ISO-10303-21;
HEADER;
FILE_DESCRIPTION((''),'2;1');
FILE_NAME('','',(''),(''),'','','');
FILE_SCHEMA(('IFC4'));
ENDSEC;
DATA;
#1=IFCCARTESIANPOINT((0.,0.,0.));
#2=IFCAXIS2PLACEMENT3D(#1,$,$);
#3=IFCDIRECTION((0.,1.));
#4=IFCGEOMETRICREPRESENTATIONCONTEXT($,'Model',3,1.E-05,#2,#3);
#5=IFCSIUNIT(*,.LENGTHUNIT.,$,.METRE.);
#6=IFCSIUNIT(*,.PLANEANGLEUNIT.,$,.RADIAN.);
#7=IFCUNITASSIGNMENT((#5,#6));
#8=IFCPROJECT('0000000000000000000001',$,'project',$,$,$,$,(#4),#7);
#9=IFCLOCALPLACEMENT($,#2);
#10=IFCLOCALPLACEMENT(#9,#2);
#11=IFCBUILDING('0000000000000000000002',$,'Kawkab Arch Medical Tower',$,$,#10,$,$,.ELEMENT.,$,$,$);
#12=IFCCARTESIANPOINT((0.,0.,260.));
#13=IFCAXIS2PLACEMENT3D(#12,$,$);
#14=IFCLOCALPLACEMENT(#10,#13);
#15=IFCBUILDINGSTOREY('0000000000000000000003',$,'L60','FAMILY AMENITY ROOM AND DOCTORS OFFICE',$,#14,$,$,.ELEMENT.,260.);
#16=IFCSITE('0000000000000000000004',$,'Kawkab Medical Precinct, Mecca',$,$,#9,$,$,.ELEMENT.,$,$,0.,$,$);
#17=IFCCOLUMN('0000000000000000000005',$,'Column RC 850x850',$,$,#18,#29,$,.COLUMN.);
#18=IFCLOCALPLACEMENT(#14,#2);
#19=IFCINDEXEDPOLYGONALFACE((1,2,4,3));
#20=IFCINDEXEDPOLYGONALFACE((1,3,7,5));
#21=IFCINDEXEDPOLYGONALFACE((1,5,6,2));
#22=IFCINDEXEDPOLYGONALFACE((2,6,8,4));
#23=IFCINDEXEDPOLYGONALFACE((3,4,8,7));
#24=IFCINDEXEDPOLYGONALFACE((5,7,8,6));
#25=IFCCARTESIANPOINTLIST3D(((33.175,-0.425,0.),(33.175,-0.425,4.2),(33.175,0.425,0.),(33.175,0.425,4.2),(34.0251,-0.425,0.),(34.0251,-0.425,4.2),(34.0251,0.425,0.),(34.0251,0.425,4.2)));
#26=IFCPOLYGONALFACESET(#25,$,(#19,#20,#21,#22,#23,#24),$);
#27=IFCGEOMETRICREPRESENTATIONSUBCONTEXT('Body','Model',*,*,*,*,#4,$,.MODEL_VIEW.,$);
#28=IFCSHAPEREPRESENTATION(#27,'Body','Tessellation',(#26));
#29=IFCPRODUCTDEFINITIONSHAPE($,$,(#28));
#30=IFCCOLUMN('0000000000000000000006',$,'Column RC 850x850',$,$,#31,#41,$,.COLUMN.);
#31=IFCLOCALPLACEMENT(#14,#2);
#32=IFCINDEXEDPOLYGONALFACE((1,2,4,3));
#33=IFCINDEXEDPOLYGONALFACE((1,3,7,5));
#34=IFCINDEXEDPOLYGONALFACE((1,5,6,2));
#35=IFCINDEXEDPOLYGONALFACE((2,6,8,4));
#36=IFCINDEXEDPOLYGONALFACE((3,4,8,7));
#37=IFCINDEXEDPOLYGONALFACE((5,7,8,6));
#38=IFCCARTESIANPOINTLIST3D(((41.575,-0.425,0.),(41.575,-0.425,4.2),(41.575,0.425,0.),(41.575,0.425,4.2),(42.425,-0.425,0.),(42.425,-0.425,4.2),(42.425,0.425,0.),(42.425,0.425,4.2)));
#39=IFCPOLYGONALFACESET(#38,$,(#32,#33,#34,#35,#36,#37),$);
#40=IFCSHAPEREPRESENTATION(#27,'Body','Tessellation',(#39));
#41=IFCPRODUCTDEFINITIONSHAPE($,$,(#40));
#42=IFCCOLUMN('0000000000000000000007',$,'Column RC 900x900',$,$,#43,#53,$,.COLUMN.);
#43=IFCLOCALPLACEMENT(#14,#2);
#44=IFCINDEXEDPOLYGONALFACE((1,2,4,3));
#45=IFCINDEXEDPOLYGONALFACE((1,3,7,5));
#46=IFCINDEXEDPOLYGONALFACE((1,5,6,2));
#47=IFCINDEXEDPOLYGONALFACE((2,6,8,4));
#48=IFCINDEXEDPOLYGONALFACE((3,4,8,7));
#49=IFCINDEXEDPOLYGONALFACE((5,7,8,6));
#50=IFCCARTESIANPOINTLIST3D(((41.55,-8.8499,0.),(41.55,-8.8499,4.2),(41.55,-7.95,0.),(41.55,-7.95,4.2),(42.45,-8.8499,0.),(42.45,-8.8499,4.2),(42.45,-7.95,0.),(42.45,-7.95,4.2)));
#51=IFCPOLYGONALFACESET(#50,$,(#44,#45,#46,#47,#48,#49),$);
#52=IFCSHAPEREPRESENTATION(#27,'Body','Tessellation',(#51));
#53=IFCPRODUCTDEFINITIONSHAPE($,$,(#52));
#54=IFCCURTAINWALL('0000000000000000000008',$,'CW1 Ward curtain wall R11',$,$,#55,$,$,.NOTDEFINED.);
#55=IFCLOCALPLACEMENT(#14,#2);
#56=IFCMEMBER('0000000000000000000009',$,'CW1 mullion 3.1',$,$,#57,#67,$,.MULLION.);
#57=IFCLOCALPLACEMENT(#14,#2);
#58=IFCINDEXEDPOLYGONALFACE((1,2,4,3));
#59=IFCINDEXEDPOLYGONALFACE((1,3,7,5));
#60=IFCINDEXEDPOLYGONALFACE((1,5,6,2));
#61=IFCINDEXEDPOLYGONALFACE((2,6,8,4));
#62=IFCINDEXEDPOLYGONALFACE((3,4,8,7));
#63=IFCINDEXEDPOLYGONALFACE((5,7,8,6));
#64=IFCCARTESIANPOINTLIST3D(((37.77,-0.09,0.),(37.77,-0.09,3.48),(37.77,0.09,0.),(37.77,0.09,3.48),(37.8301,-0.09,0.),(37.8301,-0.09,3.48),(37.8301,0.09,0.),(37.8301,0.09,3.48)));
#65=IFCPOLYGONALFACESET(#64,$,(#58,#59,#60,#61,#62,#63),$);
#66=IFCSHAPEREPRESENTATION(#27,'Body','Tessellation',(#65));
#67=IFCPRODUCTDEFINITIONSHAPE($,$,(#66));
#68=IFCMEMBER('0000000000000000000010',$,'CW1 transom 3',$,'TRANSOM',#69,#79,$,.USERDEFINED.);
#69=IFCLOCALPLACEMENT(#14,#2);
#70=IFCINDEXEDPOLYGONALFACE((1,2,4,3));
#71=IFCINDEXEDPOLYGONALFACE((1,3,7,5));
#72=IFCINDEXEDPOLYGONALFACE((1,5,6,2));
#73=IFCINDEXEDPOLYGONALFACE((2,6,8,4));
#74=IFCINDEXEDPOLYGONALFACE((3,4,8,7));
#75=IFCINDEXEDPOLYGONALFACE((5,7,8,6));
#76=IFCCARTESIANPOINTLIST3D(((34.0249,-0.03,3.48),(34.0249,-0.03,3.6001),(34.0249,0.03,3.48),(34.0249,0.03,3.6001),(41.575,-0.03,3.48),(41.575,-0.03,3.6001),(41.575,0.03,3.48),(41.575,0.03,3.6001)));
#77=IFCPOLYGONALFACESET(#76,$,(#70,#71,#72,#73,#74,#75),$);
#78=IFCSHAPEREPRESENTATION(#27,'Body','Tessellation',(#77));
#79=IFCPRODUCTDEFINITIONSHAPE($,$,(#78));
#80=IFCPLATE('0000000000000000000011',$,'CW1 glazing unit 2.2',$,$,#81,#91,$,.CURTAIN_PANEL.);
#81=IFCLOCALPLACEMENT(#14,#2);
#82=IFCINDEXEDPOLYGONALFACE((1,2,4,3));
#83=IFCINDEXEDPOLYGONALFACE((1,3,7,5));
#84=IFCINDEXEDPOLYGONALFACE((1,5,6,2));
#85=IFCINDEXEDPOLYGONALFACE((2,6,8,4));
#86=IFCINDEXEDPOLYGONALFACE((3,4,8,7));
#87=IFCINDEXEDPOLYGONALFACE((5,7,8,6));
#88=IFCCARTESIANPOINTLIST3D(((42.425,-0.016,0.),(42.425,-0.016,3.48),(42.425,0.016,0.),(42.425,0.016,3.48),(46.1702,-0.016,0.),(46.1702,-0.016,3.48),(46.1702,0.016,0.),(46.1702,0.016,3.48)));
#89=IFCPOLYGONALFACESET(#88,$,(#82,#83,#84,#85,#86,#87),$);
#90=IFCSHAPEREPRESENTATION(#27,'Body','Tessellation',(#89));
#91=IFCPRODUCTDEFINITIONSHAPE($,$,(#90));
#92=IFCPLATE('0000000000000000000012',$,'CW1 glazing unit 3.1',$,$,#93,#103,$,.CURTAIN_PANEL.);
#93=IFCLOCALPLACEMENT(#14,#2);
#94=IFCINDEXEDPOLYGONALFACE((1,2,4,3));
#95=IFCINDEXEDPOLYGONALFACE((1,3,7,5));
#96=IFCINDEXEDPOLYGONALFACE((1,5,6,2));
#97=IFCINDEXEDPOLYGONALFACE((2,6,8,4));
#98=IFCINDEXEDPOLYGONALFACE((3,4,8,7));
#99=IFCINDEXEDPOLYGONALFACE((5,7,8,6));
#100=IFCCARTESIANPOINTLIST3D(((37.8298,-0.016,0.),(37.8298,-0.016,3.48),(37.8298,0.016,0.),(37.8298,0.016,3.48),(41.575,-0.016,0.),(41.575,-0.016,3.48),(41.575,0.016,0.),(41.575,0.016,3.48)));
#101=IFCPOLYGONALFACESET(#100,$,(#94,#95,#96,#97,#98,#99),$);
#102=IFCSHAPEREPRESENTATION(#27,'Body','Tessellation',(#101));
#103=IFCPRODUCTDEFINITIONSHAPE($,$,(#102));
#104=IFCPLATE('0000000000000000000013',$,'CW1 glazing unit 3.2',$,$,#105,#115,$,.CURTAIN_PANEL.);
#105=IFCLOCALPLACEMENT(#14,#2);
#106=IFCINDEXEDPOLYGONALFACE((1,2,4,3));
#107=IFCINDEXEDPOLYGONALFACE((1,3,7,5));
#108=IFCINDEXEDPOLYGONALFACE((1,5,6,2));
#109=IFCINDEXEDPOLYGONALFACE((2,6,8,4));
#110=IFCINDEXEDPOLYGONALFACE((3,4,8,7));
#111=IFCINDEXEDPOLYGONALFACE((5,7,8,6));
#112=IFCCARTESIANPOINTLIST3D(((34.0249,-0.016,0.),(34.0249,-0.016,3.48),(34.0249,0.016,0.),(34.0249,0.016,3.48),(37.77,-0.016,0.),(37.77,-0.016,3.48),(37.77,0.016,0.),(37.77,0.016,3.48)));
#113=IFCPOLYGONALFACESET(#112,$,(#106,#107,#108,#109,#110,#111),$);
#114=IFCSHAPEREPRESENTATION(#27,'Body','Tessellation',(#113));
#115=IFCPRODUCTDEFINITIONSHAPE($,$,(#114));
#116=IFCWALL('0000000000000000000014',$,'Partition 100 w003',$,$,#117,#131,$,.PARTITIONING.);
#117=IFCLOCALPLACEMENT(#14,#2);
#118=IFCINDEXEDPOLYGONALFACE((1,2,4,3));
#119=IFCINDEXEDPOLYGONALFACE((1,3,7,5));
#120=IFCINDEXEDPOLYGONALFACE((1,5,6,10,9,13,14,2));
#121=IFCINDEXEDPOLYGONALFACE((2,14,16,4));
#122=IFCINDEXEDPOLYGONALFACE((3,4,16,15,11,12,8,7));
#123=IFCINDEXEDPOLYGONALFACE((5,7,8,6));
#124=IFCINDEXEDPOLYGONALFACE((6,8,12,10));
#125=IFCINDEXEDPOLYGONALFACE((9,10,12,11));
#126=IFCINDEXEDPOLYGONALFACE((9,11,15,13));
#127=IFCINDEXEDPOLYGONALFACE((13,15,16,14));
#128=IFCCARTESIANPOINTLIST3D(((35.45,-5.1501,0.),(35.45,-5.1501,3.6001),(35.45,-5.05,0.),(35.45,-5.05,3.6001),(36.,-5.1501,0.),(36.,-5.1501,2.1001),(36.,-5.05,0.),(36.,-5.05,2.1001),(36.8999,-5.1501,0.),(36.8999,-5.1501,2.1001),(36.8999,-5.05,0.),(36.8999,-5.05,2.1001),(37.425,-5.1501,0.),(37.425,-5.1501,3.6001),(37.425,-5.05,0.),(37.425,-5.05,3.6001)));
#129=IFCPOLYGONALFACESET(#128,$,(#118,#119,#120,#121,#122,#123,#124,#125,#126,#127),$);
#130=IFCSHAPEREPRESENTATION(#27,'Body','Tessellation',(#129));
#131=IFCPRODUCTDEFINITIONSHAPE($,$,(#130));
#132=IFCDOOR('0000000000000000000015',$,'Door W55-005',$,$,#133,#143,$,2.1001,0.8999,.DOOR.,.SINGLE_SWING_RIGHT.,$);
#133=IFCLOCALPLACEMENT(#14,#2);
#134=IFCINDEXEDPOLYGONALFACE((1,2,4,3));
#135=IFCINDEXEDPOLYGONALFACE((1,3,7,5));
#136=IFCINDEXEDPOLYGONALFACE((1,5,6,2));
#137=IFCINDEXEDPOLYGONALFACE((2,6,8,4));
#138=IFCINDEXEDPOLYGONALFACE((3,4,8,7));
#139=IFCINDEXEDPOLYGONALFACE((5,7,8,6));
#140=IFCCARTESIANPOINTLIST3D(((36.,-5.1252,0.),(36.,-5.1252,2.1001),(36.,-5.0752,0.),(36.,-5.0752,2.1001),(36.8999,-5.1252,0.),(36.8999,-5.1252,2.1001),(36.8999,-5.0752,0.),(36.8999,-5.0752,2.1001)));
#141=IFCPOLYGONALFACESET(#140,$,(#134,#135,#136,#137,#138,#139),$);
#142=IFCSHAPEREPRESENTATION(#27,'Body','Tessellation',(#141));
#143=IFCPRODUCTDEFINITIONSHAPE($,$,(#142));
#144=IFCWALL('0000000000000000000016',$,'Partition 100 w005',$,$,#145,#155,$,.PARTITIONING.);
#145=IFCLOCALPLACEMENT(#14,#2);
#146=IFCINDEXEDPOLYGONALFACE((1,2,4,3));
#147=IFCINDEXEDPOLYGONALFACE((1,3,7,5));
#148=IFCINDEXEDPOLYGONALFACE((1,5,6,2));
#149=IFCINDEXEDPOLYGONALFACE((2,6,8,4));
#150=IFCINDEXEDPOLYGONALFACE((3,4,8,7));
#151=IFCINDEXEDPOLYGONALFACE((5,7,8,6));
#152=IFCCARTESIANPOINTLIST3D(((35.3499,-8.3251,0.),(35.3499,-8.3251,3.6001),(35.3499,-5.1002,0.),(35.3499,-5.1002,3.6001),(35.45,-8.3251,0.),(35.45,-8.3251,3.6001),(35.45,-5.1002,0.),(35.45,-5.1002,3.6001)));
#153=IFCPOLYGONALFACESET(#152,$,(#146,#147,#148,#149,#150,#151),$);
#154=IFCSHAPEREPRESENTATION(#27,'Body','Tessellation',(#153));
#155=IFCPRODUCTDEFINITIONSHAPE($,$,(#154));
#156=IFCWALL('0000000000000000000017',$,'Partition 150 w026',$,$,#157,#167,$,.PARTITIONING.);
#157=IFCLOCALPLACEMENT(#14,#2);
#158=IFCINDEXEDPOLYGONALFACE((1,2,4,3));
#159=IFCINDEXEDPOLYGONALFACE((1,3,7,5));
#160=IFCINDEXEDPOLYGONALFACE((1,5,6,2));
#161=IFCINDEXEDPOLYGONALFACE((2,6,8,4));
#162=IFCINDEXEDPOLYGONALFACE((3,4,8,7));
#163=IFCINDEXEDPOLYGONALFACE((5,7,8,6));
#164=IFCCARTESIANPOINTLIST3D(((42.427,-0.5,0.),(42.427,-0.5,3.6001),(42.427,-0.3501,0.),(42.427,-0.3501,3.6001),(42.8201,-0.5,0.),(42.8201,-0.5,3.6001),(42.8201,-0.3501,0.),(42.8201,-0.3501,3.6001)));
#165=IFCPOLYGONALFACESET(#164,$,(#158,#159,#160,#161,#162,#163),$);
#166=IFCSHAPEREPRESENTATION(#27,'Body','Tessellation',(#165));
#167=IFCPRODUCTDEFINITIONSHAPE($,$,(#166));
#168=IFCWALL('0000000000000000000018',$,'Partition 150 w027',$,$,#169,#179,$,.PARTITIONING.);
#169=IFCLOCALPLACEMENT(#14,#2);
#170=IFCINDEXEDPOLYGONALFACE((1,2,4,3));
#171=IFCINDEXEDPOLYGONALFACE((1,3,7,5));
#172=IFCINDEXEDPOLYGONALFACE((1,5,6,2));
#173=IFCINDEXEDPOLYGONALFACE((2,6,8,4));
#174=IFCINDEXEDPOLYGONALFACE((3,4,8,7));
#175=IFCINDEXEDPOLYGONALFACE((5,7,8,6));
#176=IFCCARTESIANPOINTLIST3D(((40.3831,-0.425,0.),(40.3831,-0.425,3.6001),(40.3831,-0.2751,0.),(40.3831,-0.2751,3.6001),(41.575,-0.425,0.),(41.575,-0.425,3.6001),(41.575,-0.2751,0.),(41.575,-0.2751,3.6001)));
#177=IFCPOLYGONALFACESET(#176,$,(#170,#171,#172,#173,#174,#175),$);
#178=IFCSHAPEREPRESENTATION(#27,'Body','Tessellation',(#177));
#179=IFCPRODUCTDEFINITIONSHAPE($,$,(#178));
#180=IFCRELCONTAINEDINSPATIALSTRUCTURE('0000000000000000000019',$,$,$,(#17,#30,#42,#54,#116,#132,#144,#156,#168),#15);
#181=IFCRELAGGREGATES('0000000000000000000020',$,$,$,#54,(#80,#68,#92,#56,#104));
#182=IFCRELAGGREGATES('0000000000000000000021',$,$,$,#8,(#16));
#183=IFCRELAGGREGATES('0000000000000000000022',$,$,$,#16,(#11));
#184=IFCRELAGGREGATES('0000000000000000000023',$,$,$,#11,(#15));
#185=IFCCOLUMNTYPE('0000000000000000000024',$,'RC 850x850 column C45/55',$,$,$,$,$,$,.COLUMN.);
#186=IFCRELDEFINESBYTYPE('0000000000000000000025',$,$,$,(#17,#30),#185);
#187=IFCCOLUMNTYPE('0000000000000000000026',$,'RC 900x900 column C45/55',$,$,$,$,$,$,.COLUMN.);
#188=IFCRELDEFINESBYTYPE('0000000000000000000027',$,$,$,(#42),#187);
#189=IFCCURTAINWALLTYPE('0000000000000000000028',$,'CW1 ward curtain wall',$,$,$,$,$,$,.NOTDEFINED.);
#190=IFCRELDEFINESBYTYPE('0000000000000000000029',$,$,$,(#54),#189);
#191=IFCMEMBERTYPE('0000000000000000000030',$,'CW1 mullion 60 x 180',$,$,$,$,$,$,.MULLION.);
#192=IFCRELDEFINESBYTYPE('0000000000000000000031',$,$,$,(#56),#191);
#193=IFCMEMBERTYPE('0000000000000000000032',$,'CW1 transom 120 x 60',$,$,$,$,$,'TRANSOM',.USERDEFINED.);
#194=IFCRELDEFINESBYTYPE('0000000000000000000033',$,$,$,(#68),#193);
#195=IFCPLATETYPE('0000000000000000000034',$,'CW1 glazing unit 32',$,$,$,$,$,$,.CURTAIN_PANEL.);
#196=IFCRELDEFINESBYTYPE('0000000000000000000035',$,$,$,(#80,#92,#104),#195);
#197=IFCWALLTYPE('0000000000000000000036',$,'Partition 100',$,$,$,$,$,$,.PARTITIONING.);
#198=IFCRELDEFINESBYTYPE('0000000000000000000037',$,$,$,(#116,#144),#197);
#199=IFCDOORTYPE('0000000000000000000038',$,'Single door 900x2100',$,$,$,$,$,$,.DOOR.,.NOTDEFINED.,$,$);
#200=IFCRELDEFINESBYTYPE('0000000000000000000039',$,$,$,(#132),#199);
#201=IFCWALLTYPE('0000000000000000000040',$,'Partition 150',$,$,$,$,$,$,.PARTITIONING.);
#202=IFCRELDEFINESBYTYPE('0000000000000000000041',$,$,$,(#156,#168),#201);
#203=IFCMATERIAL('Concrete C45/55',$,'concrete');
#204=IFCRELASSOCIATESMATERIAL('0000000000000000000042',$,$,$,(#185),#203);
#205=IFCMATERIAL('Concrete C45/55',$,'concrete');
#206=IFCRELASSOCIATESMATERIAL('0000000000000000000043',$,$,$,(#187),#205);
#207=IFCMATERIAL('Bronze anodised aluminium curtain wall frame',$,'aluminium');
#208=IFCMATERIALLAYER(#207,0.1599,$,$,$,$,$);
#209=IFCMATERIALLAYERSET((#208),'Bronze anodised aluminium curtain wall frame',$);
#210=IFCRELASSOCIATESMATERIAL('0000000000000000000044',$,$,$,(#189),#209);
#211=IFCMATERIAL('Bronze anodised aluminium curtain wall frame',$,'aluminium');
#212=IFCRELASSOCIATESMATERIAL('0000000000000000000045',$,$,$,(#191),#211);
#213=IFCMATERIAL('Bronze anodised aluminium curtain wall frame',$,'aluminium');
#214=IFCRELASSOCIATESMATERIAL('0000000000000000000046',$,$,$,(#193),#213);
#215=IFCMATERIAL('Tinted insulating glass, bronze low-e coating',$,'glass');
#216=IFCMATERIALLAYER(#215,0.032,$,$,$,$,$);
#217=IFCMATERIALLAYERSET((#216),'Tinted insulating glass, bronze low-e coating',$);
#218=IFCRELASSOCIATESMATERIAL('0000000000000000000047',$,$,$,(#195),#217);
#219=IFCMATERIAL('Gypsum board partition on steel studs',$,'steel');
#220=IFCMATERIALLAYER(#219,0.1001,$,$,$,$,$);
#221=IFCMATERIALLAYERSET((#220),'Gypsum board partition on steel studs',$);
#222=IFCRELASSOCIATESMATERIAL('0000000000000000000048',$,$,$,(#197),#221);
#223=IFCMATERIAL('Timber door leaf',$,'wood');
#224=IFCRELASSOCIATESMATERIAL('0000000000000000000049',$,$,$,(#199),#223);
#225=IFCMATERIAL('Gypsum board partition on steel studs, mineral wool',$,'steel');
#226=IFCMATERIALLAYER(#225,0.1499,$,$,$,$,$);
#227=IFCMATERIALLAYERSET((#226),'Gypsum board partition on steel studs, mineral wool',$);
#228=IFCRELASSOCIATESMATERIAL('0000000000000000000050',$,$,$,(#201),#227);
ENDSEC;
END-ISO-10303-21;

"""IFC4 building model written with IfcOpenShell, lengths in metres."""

from ifc_helpers import new_model, si_unit, direction, frame, frame_2d, origin, origin_2d, place, context, subcontext, project, spatial, rectangle, extrude, material, layer, layer_set, material_profile, profile_set, type_object, element, fill, aggregate, save


model = new_model("IFC4")

# Units and contexts
model_context = context("Model", 3, precision=1e-05, world=origin(), true_north=direction((0.0, 1.0)))
body_context = subcontext(model_context, "Body", "Model", "MODEL_VIEW")
ifc_project = project(units=[si_unit("LENGTHUNIT", "METRE"), si_unit("PLANEANGLEUNIT", "RADIAN")], contexts=[model_context])

# Site, building, storey
site_placement = place(None, origin())
site = spatial("IfcSite", under=ifc_project, at=site_placement, Name="Kawkab Medical Precinct, Mecca", CompositionType="ELEMENT", RefElevation=0.0)
building_placement = place(site_placement, origin())
building = spatial("IfcBuilding", under=site, at=building_placement, Name="Kawkab Arch Medical Tower", CompositionType="ELEMENT")
storey_placement = place(building_placement, frame((0.0, 0.0, 260.0)))
storey = spatial("IfcBuildingStorey", under=building, at=storey_placement, Name="L60", Description="FAMILY AMENITY ROOM AND DOCTORS OFFICE", CompositionType="ELEMENT", Elevation=260.0)

# Columns
ifc_material_1 = material(Name="Concrete C45/55", Category="concrete")
ifc_material_profile_1 = material_profile(ifc_material_1, rectangle(XDim=0.8501, YDim=0.8501, at=origin_2d()), Name="RC 850x850")
ifc_profile_set_1 = profile_set([ifc_material_profile_1], Name="Concrete C45/55")
column_type_1 = type_object("IfcColumnType", Name="RC 850x850 column C45/55", PredefinedType="COLUMN", material=ifc_profile_set_1)
for number, where, z_axis, x_axis, name in (
    (1, (33.6001, 0.0, 0.0), (0.0, 0.0, 1.0), (1.0, 0.0, 0.0), "Column RC 850x850"),
    (2, (42.0, 0.0, 0.0), (0.0, 0.0, 1.0), (1.0, 0.0, 0.0), "Column RC 850x850"),
):
    element("IfcColumn", number, at=place(storey_placement, frame(where, z_axis=z_axis, x_axis=x_axis)), inside=storey, type_object=column_type_1, Name=name, PredefinedType="COLUMN", context=body_context, shape_type="SweptSolid", body=[
        extrude(rectangle(XDim=0.8501, YDim=0.8501, at=origin_2d()), origin(), (0.0, 0.0, 1.0), 4.2),
    ])
ifc_material_2 = material(Name="Concrete C45/55", Category="concrete")
ifc_material_profile_2 = material_profile(ifc_material_2, rectangle(XDim=0.8999, YDim=0.8999, at=origin_2d()), Name="RC 900x900")
ifc_profile_set_2 = profile_set([ifc_material_profile_2], Name="Concrete C45/55")
column_type_2 = type_object("IfcColumnType", Name="RC 900x900 column C45/55", PredefinedType="COLUMN", material=ifc_profile_set_2)
column_placement = place(storey_placement, frame((42.0, -8.3999, 0.0), z_axis=(0.0, 0.0, 1.0), x_axis=(1.0, 0.0, 0.0)))
element("IfcColumn", 3, at=column_placement, inside=storey, type_object=column_type_2, Name="Column RC 900x900", PredefinedType="COLUMN", context=body_context, shape_type="SweptSolid", body=[
    extrude(rectangle(XDim=0.8999, YDim=0.8999, at=origin_2d()), origin(), (0.0, 0.0, 1.0), 4.2),
])

# Curtain wall, members, plates
ifc_material_3 = material(Name="Bronze anodised aluminium curtain wall frame", Category="aluminium")
ifc_layer_1 = layer(ifc_material_3, 0.1599)
ifc_layer_set_1 = layer_set([ifc_layer_1], Name="Bronze anodised aluminium curtain wall frame")
curtain_wall_type = type_object("IfcCurtainWallType", Name="CW1 ward curtain wall", PredefinedType="NOTDEFINED", material=ifc_layer_set_1)
placement = place(storey_placement, origin())
curtain_wall = element("IfcCurtainWall", 4, at=placement, inside=storey, type_object=curtain_wall_type, Name="CW1 Ward curtain wall R11", PredefinedType="NOTDEFINED")
ifc_material_4 = material(Name="Bronze anodised aluminium curtain wall frame", Category="aluminium")
ifc_material_profile_3 = material_profile(ifc_material_4, rectangle(XDim=0.1799, YDim=0.0601, at=origin_2d()), Name="AL 60x180")
ifc_profile_set_3 = profile_set([ifc_material_profile_3], Name="Bronze anodised aluminium curtain wall frame")
member_type_1 = type_object("IfcMemberType", Name="CW1 mullion 60 x 180", PredefinedType="MULLION", material=ifc_profile_set_3)
member_1_placement = place(storey_placement, frame((37.8, 0.0, 0.0), z_axis=(0.0, 0.0, 1.0), x_axis=(0.0, -1.0, 0.0)))
member_1 = element("IfcMember", 5, at=member_1_placement, type_object=member_type_1, Name="CW1 mullion 3.1", PredefinedType="MULLION", context=body_context, shape_type="SweptSolid", body=[
    extrude(rectangle(XDim=0.1799, YDim=0.0601, at=origin_2d()), origin(), (0.0, 0.0, 1.0), 3.48),
])
ifc_material_5 = material(Name="Bronze anodised aluminium curtain wall frame", Category="aluminium")
ifc_material_profile_4 = material_profile(ifc_material_5, rectangle(XDim=0.0601, YDim=0.1201, at=origin_2d()), Name="AL 60x120")
ifc_profile_set_4 = profile_set([ifc_material_profile_4], Name="Bronze anodised aluminium curtain wall frame")
member_type_2 = type_object("IfcMemberType", Name="CW1 transom 120 x 60", ElementType="TRANSOM", PredefinedType="USERDEFINED", material=ifc_profile_set_4)
member_2_placement = place(storey_placement, frame((41.575, 0.0, 3.54), z_axis=(-1.0, 0.0, 0.0), x_axis=(0.0, -1.0, 0.0)))
member_2 = element("IfcMember", 6, at=member_2_placement, type_object=member_type_2, Name="CW1 transom 3", ObjectType="TRANSOM", PredefinedType="USERDEFINED", context=body_context, shape_type="SweptSolid", body=[
    extrude(rectangle(XDim=0.0601, YDim=0.1201, at=origin_2d()), origin(), (0.0, 0.0, 1.0), 7.55),
])
ifc_material_6 = material(Name="Tinted insulating glass, bronze low-e coating", Category="glass")
ifc_layer_2 = layer(ifc_material_6, 0.032)
ifc_layer_set_2 = layer_set([ifc_layer_2], Name="Tinted insulating glass, bronze low-e coating")
plate_type = type_object("IfcPlateType", Name="CW1 glazing unit 32", PredefinedType="CURTAIN_PANEL", material=ifc_layer_set_2)
plate_1_placement = place(storey_placement, frame((44.2976, 0.0, 0.0), z_axis=(0.0, 0.0, 1.0), x_axis=(-1.0, 0.0, 0.0)))
plate_1 = element("IfcPlate", 7, at=plate_1_placement, type_object=plate_type, Name="CW1 glazing unit 2.2", PredefinedType="CURTAIN_PANEL", context=body_context, shape_type="SweptSolid", body=[
    extrude(rectangle(XDim=3.7451, YDim=0.032, at=origin_2d()), origin(), (0.0, 0.0, 1.0), 3.48),
])
plate_2_placement = place(storey_placement, frame((39.7024, 0.0, 0.0), z_axis=(0.0, 0.0, 1.0), x_axis=(-1.0, 0.0, 0.0)))
plate_2 = element("IfcPlate", 8, at=plate_2_placement, type_object=plate_type, Name="CW1 glazing unit 3.1", PredefinedType="CURTAIN_PANEL", context=body_context, shape_type="SweptSolid", body=[
    extrude(rectangle(XDim=3.7451, YDim=0.032, at=origin_2d()), origin(), (0.0, 0.0, 1.0), 3.48),
])
plate_3_placement = place(storey_placement, frame((35.8975, 0.0, 0.0), z_axis=(0.0, 0.0, 1.0), x_axis=(-1.0, 0.0, 0.0)))
plate_3 = element("IfcPlate", 9, at=plate_3_placement, type_object=plate_type, Name="CW1 glazing unit 3.2", PredefinedType="CURTAIN_PANEL", context=body_context, shape_type="SweptSolid", body=[
    extrude(rectangle(XDim=3.7451, YDim=0.032, at=origin_2d()), origin(), (0.0, 0.0, 1.0), 3.48),
])
aggregate(curtain_wall, [plate_1, member_2, plate_2, member_1, plate_3])

# Wall, opening, door
ifc_material_7 = material(Name="Gypsum board partition on steel studs", Category="steel")
ifc_layer_3 = layer(ifc_material_7, 0.1001)
ifc_layer_set_3 = layer_set([ifc_layer_3], Name="Gypsum board partition on steel studs")
wall_type_1 = type_object("IfcWallType", Name="Partition 100", PredefinedType="PARTITIONING", material=ifc_layer_set_3)
wall_1_placement = place(storey_placement, frame((35.45, -5.1001, 0.0), z_axis=(0.0, 0.0, 1.0), x_axis=(1.0, 0.0, 0.0)))
wall_1 = element("IfcWall", 10, at=wall_1_placement, inside=storey, type_object=wall_type_1, Name="Partition 100 w003", PredefinedType="PARTITIONING", context=body_context, shape_type="SweptSolid", body=[
    extrude(rectangle(XDim=1.9751, YDim=0.1001, at=frame_2d((0.9875, 0.0))), origin(), (0.0, 0.0, 1.0), 3.6001),
])
opening_1_placement = place(wall_1_placement, frame((0.55, 0.0, 0.0)))
opening_1 = element("IfcOpeningElement", 11, at=opening_1_placement, cuts=wall_1, PredefinedType="OPENING", context=body_context, shape_type="SweptSolid", body=[
    extrude(rectangle(XDim=0.8999, YDim=2.1001, at=frame_2d((0.45, 1.05))), frame((0.0, 0.0601, 0.0), z_axis=(0.0, -1.0, 0.0), x_axis=(1.0, 0.0, 0.0)), (0.0, 0.0, 1.0), 0.1201),
])
ifc_material_8 = material(Name="Timber door leaf", Category="wood")
door_type_1 = type_object("IfcDoorType", Name="Single door 900x2100", OperationType="NOTDEFINED", PredefinedType="DOOR", material=ifc_material_8)
door_1_placement = place(opening_1_placement, origin())
door_1 = element("IfcDoor", 12, at=door_1_placement, inside=storey, type_object=door_type_1, Name="Door W55-005", OperationType="SINGLE_SWING_RIGHT", OverallHeight=2.1001, OverallWidth=0.8999, PredefinedType="DOOR", context=body_context, shape_type="SweptSolid", body=[
    extrude(rectangle(XDim=0.8999, YDim=2.1001, at=frame_2d((0.45, 1.05))), frame((0.0, 0.0249, 0.0), z_axis=(0.0, -1.0, 0.0), x_axis=(1.0, 0.0, 0.0)), (0.0, 0.0, 1.0), 0.05),
])
fill(opening_1, door_1)

# Walls
wall_2_placement = place(storey_placement, frame((35.3999, -8.325, 0.0), z_axis=(0.0, 0.0, 1.0), x_axis=(0.0, 1.0, 0.0)))
element("IfcWall", 13, at=wall_2_placement, inside=storey, type_object=wall_type_1, Name="Partition 100 w005", PredefinedType="PARTITIONING", context=body_context, shape_type="SweptSolid", body=[
    extrude(rectangle(XDim=3.2249, YDim=0.1001, at=frame_2d((1.6123, 0.0))), origin(), (0.0, 0.0, 1.0), 3.6001),
])
ifc_material_9 = material(Name="Gypsum board partition on steel studs, mineral wool", Category="steel")
ifc_layer_4 = layer(ifc_material_9, 0.1499)
ifc_layer_set_4 = layer_set([ifc_layer_4], Name="Gypsum board partition on steel studs, mineral wool")
wall_type_2 = type_object("IfcWallType", Name="Partition 150", PredefinedType="PARTITIONING", material=ifc_layer_set_4)
wall_3_placement = place(storey_placement, frame((42.427, -0.425, 0.0), z_axis=(0.0, 0.0, 1.0), x_axis=(1.0, 0.0, 0.0)))
element("IfcWall", 14, at=wall_3_placement, inside=storey, type_object=wall_type_2, Name="Partition 150 w026", PredefinedType="PARTITIONING", context=body_context, shape_type="SweptSolid", body=[
    extrude(rectangle(XDim=0.3931, YDim=0.1499, at=frame_2d((0.1965, 0.0))), origin(), (0.0, 0.0, 1.0), 3.6001),
])
wall_4_placement = place(storey_placement, frame((40.3831, -0.3501, 0.0), z_axis=(0.0, 0.0, 1.0), x_axis=(1.0, 0.0, 0.0)))
element("IfcWall", 15, at=wall_4_placement, inside=storey, type_object=wall_type_2, Name="Partition 150 w027", PredefinedType="PARTITIONING", context=body_context, shape_type="SweptSolid", body=[
    extrude(rectangle(XDim=1.1919, YDim=0.1499, at=frame_2d((0.5959, 0.0))), origin(), (0.0, 0.0, 1.0), 3.6001),
])

save(model, "model.ifc")
